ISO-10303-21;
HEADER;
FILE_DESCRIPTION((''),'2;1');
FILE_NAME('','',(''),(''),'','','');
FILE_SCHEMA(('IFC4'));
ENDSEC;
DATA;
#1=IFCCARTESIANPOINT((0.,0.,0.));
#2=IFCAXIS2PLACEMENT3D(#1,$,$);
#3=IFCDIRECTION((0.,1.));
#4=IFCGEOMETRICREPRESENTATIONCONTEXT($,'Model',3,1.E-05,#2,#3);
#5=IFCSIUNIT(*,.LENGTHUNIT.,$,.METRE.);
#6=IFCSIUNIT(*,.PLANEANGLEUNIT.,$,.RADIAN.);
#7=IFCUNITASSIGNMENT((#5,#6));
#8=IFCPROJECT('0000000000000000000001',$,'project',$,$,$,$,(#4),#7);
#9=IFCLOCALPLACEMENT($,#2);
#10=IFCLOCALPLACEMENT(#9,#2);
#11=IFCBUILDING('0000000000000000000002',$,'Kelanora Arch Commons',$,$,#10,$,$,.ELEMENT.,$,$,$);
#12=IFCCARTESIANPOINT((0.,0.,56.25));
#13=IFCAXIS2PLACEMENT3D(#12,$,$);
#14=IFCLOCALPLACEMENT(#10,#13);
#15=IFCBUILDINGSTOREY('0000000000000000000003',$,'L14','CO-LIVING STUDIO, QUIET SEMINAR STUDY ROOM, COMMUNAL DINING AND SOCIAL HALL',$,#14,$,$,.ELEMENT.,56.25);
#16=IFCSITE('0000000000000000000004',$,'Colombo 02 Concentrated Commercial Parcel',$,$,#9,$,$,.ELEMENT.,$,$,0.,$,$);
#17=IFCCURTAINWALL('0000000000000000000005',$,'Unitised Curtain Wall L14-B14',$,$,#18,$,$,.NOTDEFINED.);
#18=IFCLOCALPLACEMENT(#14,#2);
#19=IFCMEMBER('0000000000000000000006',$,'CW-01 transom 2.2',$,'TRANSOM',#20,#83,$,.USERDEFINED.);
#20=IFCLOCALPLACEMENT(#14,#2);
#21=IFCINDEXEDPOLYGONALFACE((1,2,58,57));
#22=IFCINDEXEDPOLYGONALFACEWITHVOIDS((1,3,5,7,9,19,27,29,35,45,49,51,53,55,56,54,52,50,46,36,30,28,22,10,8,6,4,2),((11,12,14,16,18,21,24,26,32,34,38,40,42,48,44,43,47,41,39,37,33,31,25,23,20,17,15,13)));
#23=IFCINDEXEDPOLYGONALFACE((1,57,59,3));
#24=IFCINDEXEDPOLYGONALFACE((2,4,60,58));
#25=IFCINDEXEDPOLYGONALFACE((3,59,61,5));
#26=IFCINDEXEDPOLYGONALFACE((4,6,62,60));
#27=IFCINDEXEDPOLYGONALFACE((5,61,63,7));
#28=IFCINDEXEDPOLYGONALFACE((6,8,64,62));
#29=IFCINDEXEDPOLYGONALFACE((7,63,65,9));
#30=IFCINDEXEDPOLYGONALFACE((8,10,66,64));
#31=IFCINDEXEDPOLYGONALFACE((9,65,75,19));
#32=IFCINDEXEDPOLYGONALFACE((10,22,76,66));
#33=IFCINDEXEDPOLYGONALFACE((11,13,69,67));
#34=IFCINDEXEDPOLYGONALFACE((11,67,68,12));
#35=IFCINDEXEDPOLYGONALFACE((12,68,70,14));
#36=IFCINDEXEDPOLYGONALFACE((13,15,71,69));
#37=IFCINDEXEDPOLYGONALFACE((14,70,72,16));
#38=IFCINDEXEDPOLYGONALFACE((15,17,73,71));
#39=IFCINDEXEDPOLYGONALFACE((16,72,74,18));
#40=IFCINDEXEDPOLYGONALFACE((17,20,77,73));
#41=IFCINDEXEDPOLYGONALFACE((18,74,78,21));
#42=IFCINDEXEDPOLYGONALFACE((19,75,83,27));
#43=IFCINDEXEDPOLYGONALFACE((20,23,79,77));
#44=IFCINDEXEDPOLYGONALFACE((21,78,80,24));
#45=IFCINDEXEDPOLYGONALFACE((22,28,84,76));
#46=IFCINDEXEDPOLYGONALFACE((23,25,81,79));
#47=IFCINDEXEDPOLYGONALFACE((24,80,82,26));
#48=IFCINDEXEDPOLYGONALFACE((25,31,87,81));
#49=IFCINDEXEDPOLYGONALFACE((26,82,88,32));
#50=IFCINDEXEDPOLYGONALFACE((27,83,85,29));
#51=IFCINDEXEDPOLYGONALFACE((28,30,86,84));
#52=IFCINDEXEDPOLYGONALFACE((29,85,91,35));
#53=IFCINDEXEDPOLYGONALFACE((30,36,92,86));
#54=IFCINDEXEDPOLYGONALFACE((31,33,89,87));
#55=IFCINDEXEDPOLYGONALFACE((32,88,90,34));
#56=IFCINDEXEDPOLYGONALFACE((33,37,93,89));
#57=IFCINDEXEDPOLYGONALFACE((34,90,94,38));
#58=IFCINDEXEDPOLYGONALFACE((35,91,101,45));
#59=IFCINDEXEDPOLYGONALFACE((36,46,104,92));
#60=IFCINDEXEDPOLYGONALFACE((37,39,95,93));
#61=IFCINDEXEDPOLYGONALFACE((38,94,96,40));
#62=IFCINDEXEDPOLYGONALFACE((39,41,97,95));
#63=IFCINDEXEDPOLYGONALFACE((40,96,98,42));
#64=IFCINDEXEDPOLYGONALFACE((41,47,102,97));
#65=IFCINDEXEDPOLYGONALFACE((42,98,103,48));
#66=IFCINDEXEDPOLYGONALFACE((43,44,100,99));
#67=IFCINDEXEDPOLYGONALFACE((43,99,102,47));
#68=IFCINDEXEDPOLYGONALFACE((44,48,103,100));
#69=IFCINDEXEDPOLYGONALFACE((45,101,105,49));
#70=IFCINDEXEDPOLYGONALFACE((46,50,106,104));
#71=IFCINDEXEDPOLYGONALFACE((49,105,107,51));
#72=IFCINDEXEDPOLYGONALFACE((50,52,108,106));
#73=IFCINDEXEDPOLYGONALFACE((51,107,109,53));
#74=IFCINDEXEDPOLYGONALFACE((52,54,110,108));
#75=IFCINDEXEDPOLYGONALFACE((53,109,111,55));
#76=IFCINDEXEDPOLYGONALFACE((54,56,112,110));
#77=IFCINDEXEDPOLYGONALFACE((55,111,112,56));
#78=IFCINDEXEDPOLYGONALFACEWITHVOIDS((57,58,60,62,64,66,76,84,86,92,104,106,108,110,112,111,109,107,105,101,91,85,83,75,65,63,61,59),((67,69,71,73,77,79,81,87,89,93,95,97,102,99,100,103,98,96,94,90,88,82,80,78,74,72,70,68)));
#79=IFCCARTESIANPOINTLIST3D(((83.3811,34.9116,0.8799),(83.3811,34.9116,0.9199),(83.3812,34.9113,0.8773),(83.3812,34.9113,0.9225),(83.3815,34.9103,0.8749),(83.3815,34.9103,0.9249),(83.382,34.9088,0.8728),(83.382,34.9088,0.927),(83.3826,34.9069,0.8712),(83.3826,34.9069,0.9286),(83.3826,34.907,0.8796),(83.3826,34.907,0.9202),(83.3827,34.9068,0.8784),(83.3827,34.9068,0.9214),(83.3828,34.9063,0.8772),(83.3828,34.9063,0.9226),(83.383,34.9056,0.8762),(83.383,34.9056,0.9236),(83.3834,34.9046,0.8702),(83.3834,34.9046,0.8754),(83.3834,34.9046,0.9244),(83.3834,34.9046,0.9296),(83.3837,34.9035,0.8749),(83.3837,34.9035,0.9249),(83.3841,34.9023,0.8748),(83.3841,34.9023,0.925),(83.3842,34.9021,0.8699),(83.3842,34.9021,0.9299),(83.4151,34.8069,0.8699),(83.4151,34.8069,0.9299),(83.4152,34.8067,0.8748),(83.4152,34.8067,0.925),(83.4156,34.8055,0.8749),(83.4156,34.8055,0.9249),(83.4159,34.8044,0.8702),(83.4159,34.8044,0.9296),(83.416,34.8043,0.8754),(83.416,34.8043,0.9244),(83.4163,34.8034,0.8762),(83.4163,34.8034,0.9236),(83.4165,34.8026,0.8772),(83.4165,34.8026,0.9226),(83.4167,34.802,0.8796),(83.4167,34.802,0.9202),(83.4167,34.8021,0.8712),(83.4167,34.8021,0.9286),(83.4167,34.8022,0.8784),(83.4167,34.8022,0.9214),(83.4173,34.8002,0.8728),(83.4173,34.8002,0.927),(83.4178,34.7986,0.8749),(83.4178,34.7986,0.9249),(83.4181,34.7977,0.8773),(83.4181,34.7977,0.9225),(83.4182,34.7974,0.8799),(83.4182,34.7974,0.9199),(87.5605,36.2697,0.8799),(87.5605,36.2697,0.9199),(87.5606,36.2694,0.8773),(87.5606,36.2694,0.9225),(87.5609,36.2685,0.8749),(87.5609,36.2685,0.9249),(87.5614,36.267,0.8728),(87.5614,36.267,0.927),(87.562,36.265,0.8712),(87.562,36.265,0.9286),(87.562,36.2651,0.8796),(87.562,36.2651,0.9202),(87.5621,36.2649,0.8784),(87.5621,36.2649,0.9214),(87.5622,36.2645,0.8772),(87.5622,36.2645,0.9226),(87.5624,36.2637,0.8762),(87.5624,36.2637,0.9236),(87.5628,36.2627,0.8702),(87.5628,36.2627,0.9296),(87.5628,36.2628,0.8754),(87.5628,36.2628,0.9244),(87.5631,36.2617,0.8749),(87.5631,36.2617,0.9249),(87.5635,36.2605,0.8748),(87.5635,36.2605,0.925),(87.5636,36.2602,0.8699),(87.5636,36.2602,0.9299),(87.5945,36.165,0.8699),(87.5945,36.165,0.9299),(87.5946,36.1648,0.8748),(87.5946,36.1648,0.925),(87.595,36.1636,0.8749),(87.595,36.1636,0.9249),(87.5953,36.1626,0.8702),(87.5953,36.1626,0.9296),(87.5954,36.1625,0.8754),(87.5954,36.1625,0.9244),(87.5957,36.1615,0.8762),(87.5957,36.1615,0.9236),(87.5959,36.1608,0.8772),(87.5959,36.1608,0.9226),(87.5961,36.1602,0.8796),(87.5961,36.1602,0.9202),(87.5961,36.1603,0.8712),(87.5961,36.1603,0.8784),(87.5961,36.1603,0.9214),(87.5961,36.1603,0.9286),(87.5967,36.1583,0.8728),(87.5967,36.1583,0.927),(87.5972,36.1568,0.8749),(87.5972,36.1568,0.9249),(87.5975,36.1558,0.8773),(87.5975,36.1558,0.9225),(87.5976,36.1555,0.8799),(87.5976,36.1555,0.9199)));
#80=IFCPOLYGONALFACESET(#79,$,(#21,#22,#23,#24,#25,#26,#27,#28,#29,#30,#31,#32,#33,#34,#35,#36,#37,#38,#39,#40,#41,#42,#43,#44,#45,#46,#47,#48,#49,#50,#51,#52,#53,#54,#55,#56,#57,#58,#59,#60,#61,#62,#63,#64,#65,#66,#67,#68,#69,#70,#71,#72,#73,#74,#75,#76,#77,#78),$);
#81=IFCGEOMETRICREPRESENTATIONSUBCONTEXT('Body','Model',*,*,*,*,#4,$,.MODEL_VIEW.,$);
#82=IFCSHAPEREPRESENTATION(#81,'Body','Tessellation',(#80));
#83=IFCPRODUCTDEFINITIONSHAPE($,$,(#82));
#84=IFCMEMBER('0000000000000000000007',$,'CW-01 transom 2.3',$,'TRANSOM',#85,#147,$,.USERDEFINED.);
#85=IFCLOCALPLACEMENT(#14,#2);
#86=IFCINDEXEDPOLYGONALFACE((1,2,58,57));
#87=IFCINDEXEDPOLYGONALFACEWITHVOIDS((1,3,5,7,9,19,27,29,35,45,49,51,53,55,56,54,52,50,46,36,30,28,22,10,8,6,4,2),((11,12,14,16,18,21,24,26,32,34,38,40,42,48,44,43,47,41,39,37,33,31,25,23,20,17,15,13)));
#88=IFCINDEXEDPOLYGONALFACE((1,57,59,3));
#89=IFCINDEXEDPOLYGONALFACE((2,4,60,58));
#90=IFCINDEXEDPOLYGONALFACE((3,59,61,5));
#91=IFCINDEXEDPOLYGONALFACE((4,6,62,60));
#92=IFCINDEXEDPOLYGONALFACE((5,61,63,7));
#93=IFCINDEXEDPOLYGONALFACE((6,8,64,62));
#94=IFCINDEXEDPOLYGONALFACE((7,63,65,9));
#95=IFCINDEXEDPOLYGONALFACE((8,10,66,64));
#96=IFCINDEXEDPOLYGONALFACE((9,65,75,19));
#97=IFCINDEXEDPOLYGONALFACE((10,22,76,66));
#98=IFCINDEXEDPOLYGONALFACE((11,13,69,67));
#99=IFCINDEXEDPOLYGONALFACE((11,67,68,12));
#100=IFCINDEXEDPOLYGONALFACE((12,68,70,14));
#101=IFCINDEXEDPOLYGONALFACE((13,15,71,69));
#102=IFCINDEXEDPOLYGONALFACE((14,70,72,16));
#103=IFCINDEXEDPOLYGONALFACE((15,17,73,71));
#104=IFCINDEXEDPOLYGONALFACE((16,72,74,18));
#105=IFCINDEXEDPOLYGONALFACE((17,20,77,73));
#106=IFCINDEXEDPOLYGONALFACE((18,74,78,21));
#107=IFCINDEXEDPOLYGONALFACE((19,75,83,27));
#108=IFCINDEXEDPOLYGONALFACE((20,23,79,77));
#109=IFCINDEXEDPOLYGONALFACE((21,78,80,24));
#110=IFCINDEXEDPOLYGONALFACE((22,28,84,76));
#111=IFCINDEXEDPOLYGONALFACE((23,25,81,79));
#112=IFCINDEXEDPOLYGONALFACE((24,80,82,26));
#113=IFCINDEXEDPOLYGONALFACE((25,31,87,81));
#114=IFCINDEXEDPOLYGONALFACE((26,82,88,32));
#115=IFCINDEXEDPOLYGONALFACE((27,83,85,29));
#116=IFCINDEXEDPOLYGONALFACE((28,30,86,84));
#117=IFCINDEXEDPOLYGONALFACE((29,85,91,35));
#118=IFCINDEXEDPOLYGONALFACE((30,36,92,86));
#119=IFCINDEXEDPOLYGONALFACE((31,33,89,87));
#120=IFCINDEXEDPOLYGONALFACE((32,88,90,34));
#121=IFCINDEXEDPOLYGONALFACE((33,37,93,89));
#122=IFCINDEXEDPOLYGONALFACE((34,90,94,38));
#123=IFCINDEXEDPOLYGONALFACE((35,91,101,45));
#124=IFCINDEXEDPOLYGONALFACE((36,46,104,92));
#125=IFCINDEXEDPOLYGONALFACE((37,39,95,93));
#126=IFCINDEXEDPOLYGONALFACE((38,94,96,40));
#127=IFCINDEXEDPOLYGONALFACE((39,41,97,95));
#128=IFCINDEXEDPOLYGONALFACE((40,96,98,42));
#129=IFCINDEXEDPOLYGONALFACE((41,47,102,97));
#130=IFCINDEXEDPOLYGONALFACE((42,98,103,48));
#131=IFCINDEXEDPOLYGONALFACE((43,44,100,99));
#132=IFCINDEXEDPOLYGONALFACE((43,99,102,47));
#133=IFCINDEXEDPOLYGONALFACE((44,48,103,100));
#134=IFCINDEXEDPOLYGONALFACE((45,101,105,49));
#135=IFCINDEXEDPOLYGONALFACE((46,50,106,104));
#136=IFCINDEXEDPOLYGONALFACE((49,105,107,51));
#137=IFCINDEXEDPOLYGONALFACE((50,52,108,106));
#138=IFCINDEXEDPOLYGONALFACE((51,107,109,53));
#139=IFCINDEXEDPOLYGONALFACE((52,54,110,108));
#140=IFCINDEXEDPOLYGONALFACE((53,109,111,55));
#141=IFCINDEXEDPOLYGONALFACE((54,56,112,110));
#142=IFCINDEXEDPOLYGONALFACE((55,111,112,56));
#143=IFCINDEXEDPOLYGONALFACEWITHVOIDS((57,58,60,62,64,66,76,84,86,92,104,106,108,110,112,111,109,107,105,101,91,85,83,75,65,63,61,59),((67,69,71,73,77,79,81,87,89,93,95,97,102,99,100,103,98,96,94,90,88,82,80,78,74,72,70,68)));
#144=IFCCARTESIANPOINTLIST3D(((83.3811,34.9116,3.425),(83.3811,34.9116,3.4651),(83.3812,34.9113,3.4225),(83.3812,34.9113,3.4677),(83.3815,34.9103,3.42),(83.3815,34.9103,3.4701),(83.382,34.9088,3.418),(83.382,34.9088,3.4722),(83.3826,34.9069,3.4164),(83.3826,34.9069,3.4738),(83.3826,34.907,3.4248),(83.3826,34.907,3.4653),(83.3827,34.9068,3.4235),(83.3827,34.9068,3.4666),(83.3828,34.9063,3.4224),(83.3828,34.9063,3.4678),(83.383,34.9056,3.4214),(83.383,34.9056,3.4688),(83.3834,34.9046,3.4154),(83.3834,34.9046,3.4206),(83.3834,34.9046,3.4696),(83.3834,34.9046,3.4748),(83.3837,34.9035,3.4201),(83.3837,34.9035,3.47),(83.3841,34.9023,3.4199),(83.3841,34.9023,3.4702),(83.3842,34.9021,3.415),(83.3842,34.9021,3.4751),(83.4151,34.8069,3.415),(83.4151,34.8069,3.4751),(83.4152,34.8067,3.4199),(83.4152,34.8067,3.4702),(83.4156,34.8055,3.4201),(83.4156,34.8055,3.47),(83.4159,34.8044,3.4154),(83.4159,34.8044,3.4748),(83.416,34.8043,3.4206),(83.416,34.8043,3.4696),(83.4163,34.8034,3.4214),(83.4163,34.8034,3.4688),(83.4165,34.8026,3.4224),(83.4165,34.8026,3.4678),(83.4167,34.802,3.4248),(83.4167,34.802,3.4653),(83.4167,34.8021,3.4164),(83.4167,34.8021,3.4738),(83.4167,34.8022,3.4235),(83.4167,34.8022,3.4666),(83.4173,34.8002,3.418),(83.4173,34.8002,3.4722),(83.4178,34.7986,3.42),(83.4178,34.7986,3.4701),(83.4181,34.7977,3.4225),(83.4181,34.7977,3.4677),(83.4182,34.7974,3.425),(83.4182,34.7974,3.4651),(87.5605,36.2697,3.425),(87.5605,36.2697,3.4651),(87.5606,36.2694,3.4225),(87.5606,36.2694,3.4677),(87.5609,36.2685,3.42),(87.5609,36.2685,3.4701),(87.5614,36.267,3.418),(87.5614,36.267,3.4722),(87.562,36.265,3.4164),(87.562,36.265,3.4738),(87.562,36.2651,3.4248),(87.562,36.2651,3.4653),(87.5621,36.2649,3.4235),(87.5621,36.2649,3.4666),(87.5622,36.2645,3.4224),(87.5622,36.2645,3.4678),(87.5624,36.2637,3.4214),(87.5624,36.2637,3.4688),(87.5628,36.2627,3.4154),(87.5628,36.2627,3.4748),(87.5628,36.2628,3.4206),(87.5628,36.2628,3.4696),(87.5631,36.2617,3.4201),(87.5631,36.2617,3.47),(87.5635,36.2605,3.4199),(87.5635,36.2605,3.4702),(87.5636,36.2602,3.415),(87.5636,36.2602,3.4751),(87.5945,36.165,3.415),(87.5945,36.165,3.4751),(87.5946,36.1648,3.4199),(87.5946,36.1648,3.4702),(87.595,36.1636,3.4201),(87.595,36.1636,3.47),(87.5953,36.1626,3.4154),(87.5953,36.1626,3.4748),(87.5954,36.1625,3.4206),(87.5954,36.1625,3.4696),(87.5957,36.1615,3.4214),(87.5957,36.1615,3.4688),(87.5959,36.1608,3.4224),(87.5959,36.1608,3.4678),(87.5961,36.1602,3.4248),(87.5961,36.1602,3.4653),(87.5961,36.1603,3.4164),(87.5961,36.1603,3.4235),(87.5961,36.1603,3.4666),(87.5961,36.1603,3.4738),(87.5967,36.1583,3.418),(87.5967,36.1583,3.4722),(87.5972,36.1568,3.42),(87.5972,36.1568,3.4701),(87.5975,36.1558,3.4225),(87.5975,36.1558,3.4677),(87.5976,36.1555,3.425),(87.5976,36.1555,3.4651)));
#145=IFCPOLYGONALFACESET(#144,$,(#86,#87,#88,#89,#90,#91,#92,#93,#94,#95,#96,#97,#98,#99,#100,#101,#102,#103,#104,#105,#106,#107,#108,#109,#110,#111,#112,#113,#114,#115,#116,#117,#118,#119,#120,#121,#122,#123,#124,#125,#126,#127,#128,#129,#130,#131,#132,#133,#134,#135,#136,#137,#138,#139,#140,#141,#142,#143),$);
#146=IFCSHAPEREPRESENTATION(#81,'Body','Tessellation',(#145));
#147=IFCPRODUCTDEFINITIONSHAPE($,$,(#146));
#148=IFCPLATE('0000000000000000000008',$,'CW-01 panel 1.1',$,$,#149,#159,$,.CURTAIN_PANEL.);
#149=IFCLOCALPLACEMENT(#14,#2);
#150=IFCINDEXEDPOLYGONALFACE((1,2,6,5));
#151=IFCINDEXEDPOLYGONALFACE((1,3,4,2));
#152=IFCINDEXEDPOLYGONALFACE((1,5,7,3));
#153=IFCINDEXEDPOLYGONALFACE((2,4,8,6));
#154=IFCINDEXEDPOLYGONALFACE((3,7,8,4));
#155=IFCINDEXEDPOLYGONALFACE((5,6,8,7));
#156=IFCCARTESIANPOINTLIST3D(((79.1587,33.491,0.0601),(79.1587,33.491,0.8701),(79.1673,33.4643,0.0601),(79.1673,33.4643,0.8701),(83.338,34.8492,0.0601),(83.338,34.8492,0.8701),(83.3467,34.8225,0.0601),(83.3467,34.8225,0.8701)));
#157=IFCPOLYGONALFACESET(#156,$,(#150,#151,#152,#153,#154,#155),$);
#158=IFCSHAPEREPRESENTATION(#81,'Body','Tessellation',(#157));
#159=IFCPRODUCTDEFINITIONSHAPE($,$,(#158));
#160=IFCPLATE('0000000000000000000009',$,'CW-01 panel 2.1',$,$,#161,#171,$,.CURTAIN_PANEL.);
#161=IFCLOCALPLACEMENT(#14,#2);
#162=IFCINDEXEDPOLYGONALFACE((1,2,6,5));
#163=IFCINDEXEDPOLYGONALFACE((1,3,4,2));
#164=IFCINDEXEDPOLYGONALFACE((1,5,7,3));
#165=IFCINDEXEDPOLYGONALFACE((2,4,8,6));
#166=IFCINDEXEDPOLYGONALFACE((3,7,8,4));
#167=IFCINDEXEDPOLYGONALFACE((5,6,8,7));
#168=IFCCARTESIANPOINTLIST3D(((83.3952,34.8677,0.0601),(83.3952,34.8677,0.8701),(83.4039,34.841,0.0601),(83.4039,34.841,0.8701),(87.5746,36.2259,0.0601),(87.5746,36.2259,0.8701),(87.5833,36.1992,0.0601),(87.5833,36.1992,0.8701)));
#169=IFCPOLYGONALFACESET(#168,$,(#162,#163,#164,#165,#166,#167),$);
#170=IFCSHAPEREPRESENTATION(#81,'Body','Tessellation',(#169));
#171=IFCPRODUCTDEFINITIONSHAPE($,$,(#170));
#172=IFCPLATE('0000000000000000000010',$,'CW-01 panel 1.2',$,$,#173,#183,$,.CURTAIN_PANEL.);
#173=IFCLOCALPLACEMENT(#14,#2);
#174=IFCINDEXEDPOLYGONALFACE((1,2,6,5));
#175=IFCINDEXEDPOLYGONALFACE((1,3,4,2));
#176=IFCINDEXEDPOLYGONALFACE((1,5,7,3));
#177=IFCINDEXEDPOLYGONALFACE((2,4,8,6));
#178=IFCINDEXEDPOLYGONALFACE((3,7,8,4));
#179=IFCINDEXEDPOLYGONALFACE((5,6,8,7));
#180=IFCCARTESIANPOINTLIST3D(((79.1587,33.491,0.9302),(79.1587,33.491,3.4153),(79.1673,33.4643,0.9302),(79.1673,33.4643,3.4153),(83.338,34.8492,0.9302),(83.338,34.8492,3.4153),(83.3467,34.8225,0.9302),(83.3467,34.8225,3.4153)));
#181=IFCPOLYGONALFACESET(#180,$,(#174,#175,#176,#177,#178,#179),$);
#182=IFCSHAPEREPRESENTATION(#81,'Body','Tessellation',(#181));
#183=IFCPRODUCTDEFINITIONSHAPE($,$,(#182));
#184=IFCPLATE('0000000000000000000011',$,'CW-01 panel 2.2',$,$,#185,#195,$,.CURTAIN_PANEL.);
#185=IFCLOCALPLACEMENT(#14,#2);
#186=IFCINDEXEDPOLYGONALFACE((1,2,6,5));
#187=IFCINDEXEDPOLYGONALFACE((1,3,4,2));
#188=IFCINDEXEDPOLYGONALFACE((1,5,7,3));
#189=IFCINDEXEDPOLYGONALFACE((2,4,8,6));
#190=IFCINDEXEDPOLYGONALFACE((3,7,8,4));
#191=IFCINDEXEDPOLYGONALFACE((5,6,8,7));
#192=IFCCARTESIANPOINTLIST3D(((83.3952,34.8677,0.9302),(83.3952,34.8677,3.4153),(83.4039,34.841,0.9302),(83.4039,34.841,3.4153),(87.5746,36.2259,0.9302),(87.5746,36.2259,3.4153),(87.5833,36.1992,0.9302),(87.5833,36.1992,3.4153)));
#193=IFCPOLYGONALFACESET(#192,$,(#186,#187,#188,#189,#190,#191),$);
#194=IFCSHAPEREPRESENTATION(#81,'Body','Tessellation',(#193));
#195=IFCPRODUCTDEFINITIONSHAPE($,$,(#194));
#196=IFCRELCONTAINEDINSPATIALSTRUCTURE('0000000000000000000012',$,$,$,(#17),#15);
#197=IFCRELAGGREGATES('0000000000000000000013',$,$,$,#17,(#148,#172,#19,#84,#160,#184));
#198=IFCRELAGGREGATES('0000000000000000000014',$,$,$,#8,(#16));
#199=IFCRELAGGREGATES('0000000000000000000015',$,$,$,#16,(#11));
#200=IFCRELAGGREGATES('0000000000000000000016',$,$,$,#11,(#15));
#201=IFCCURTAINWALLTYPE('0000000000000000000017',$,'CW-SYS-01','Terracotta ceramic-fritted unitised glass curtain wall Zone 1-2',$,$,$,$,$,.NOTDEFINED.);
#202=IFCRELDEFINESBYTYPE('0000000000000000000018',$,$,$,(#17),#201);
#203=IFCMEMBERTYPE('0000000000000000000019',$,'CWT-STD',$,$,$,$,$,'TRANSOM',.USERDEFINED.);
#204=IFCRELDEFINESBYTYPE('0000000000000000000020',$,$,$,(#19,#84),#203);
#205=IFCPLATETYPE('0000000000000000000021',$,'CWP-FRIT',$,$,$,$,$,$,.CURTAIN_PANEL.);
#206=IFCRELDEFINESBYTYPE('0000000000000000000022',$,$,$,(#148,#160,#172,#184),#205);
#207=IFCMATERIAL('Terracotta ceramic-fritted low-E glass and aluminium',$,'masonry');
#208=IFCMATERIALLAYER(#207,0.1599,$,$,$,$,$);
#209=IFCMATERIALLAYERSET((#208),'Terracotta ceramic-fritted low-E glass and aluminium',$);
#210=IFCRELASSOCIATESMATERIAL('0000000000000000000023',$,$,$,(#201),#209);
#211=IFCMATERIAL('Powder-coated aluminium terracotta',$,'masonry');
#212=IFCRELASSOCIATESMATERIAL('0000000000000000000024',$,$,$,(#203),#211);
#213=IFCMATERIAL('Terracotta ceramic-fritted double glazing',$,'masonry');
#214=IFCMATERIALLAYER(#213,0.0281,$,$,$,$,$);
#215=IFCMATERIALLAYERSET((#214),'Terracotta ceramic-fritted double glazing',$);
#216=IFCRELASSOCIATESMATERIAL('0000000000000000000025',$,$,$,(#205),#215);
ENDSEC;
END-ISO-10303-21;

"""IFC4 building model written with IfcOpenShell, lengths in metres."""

from ifc_helpers import new_model, si_unit, direction, frame, origin, origin_2d, place, context, subcontext, project, spatial, rectangle, hollow_rectangle, extrude, source, transform, mapped, material, layer, layer_set, material_profile, profile_set, type_object, element, aggregate, save


model = new_model("IFC4")

# Units and contexts
model_context = context("Model", 3, precision=1e-05, world=origin(), true_north=direction((0.0, 1.0)))
body_context = subcontext(model_context, "Body", "Model", "MODEL_VIEW")
ifc_project = project(units=[si_unit("LENGTHUNIT", "METRE"), si_unit("PLANEANGLEUNIT", "RADIAN")], contexts=[model_context])

# Site, building, storey
site_placement = place(None, origin())
site = spatial("IfcSite", under=ifc_project, at=site_placement, Name="Colombo 02 Concentrated Commercial Parcel", CompositionType="ELEMENT", RefElevation=0.0)
building_placement = place(site_placement, origin())
building = spatial("IfcBuilding", under=site, at=building_placement, Name="Kelanora Arch Commons", CompositionType="ELEMENT")
storey_placement = place(building_placement, frame((0.0, 0.0, 56.25)))
storey = spatial("IfcBuildingStorey", under=building, at=storey_placement, Name="L14", Description="CO-LIVING STUDIO, QUIET SEMINAR STUDY ROOM, COMMUNAL DINING AND SOCIAL HALL", CompositionType="ELEMENT", Elevation=56.25)

# Curtain wall, members, plates
ifc_material_1 = material(Name="Terracotta ceramic-fritted low-E glass and aluminium", Category="masonry")
ifc_layer_1 = layer(ifc_material_1, 0.1599)
ifc_layer_set_1 = layer_set([ifc_layer_1], Name="Terracotta ceramic-fritted low-E glass and aluminium")
curtain_wall_type = type_object("IfcCurtainWallType", Name="CW-SYS-01", Description="Terracotta ceramic-fritted unitised glass curtain wall Zone 1-2", PredefinedType="NOTDEFINED", material=ifc_layer_set_1)
curtain_wall_placement = place(storey_placement, origin())
curtain_wall = element("IfcCurtainWall", 1, at=curtain_wall_placement, inside=storey, type_object=curtain_wall_type, Name="Unitised Curtain Wall L14-B14", PredefinedType="NOTDEFINED")
ifc_material_2 = material(Name="Powder-coated aluminium terracotta", Category="masonry")
ifc_material_profile_1 = material_profile(ifc_material_2, hollow_rectangle(XDim=0.1201, YDim=0.0601, WallThickness=0.0049, InnerFilletRadius=0.0049, OuterFilletRadius=0.01, at=origin_2d()), Name="CWT120x60")
ifc_profile_set_1 = profile_set([ifc_material_profile_1], Name="Powder-coated aluminium terracotta")
member_type_1 = type_object("IfcMemberType", Name="CWT-STD", ElementType="TRANSOM", PredefinedType="USERDEFINED", material=ifc_profile_set_1)
member_1_placement = place(storey_placement, frame((83.3997, 34.8545, 0.8999), z_axis=(0.951045, 0.309052, 0.0), x_axis=(-0.309052, 0.951045, 0.0)))
member_1 = element("IfcMember", 2, at=member_1_placement, type_object=member_type_1, Name="CW-01 transom 2.2", ObjectType="TRANSOM", PredefinedType="USERDEFINED", context=body_context, shape_type="SweptSolid", body=[
    extrude(hollow_rectangle(XDim=0.1201, YDim=0.0601, WallThickness=0.0049, InnerFilletRadius=0.0049, OuterFilletRadius=0.01, at=origin_2d()), origin(), (0.0, 0.0, 1.0), 4.3945),
])
member_2_placement = place(storey_placement, frame((83.3997, 34.8545, 3.4451), z_axis=(0.951045, 0.309052, 0.0), x_axis=(-0.309052, 0.951045, 0.0)))
member_2 = element("IfcMember", 3, at=member_2_placement, type_object=member_type_1, Name="CW-01 transom 2.3", ObjectType="TRANSOM", PredefinedType="USERDEFINED", context=body_context, shape_type="SweptSolid", body=[
    extrude(hollow_rectangle(XDim=0.1201, YDim=0.0601, WallThickness=0.0049, InnerFilletRadius=0.0049, OuterFilletRadius=0.01, at=origin_2d()), origin(), (0.0, 0.0, 1.0), 4.3945),
])
ifc_material_3 = material(Name="Terracotta ceramic-fritted double glazing", Category="masonry")
ifc_layer_2 = layer(ifc_material_3, 0.0281)
ifc_layer_set_2 = layer_set([ifc_layer_2], Name="Terracotta ceramic-fritted double glazing")
plate_type = type_object("IfcPlateType", Name="CWP-FRIT", PredefinedType="CURTAIN_PANEL", material=ifc_layer_set_2)
shared_shape_1 = source(origin(), body_context, "Body", "SweptSolid", [
    extrude(rectangle(XDim=4.3945, YDim=0.0281, at=origin_2d()), origin(), (0.0, 0.0, 1.0), 0.8101),
])
plate_1_placement = place(storey_placement, frame((81.2527, 34.1567, 0.0601), z_axis=(0.0, 0.0, 1.0), x_axis=(0.951043, 0.309058, 0.0)))
plate_1 = element("IfcPlate", 4, at=plate_1_placement, type_object=plate_type, Name="CW-01 panel 1.1", PredefinedType="CURTAIN_PANEL", context=body_context, shape_type="MappedRepresentation", body=[
    mapped(shared_shape_1, transform((0.0, 0.0, 0.0), scale=1.0)),
])
plate_2_placement = place(storey_placement, frame((85.4893, 35.5334, 0.0601), z_axis=(0.0, 0.0, 1.0), x_axis=(0.951043, 0.309058, 0.0)))
plate_2 = element("IfcPlate", 5, at=plate_2_placement, type_object=plate_type, Name="CW-01 panel 2.1", PredefinedType="CURTAIN_PANEL", context=body_context, shape_type="MappedRepresentation", body=[
    mapped(shared_shape_1, transform((0.0, 0.0, 0.0), scale=1.0)),
])
shared_shape_2 = source(origin(), body_context, "Body", "SweptSolid", [
    extrude(rectangle(XDim=4.3945, YDim=0.0281, at=origin_2d()), origin(), (0.0, 0.0, 1.0), 2.4851),
])
plate_3_placement = place(storey_placement, frame((81.2527, 34.1567, 0.9302), z_axis=(0.0, 0.0, 1.0), x_axis=(0.951043, 0.309058, 0.0)))
plate_3 = element("IfcPlate", 6, at=plate_3_placement, type_object=plate_type, Name="CW-01 panel 1.2", PredefinedType="CURTAIN_PANEL", context=body_context, shape_type="MappedRepresentation", body=[
    mapped(shared_shape_2, transform((0.0, 0.0, 0.0), scale=1.0)),
])
plate_4_placement = place(storey_placement, frame((85.4893, 35.5334, 0.9302), z_axis=(0.0, 0.0, 1.0), x_axis=(0.951043, 0.309058, 0.0)))
plate_4 = element("IfcPlate", 7, at=plate_4_placement, type_object=plate_type, Name="CW-01 panel 2.2", PredefinedType="CURTAIN_PANEL", context=body_context, shape_type="MappedRepresentation", body=[
    mapped(shared_shape_2, transform((0.0, 0.0, 0.0), scale=1.0)),
])
aggregate(curtain_wall, [plate_1, plate_3, member_1, member_2, plate_2, plate_4])

save(model, "model.ifc")
